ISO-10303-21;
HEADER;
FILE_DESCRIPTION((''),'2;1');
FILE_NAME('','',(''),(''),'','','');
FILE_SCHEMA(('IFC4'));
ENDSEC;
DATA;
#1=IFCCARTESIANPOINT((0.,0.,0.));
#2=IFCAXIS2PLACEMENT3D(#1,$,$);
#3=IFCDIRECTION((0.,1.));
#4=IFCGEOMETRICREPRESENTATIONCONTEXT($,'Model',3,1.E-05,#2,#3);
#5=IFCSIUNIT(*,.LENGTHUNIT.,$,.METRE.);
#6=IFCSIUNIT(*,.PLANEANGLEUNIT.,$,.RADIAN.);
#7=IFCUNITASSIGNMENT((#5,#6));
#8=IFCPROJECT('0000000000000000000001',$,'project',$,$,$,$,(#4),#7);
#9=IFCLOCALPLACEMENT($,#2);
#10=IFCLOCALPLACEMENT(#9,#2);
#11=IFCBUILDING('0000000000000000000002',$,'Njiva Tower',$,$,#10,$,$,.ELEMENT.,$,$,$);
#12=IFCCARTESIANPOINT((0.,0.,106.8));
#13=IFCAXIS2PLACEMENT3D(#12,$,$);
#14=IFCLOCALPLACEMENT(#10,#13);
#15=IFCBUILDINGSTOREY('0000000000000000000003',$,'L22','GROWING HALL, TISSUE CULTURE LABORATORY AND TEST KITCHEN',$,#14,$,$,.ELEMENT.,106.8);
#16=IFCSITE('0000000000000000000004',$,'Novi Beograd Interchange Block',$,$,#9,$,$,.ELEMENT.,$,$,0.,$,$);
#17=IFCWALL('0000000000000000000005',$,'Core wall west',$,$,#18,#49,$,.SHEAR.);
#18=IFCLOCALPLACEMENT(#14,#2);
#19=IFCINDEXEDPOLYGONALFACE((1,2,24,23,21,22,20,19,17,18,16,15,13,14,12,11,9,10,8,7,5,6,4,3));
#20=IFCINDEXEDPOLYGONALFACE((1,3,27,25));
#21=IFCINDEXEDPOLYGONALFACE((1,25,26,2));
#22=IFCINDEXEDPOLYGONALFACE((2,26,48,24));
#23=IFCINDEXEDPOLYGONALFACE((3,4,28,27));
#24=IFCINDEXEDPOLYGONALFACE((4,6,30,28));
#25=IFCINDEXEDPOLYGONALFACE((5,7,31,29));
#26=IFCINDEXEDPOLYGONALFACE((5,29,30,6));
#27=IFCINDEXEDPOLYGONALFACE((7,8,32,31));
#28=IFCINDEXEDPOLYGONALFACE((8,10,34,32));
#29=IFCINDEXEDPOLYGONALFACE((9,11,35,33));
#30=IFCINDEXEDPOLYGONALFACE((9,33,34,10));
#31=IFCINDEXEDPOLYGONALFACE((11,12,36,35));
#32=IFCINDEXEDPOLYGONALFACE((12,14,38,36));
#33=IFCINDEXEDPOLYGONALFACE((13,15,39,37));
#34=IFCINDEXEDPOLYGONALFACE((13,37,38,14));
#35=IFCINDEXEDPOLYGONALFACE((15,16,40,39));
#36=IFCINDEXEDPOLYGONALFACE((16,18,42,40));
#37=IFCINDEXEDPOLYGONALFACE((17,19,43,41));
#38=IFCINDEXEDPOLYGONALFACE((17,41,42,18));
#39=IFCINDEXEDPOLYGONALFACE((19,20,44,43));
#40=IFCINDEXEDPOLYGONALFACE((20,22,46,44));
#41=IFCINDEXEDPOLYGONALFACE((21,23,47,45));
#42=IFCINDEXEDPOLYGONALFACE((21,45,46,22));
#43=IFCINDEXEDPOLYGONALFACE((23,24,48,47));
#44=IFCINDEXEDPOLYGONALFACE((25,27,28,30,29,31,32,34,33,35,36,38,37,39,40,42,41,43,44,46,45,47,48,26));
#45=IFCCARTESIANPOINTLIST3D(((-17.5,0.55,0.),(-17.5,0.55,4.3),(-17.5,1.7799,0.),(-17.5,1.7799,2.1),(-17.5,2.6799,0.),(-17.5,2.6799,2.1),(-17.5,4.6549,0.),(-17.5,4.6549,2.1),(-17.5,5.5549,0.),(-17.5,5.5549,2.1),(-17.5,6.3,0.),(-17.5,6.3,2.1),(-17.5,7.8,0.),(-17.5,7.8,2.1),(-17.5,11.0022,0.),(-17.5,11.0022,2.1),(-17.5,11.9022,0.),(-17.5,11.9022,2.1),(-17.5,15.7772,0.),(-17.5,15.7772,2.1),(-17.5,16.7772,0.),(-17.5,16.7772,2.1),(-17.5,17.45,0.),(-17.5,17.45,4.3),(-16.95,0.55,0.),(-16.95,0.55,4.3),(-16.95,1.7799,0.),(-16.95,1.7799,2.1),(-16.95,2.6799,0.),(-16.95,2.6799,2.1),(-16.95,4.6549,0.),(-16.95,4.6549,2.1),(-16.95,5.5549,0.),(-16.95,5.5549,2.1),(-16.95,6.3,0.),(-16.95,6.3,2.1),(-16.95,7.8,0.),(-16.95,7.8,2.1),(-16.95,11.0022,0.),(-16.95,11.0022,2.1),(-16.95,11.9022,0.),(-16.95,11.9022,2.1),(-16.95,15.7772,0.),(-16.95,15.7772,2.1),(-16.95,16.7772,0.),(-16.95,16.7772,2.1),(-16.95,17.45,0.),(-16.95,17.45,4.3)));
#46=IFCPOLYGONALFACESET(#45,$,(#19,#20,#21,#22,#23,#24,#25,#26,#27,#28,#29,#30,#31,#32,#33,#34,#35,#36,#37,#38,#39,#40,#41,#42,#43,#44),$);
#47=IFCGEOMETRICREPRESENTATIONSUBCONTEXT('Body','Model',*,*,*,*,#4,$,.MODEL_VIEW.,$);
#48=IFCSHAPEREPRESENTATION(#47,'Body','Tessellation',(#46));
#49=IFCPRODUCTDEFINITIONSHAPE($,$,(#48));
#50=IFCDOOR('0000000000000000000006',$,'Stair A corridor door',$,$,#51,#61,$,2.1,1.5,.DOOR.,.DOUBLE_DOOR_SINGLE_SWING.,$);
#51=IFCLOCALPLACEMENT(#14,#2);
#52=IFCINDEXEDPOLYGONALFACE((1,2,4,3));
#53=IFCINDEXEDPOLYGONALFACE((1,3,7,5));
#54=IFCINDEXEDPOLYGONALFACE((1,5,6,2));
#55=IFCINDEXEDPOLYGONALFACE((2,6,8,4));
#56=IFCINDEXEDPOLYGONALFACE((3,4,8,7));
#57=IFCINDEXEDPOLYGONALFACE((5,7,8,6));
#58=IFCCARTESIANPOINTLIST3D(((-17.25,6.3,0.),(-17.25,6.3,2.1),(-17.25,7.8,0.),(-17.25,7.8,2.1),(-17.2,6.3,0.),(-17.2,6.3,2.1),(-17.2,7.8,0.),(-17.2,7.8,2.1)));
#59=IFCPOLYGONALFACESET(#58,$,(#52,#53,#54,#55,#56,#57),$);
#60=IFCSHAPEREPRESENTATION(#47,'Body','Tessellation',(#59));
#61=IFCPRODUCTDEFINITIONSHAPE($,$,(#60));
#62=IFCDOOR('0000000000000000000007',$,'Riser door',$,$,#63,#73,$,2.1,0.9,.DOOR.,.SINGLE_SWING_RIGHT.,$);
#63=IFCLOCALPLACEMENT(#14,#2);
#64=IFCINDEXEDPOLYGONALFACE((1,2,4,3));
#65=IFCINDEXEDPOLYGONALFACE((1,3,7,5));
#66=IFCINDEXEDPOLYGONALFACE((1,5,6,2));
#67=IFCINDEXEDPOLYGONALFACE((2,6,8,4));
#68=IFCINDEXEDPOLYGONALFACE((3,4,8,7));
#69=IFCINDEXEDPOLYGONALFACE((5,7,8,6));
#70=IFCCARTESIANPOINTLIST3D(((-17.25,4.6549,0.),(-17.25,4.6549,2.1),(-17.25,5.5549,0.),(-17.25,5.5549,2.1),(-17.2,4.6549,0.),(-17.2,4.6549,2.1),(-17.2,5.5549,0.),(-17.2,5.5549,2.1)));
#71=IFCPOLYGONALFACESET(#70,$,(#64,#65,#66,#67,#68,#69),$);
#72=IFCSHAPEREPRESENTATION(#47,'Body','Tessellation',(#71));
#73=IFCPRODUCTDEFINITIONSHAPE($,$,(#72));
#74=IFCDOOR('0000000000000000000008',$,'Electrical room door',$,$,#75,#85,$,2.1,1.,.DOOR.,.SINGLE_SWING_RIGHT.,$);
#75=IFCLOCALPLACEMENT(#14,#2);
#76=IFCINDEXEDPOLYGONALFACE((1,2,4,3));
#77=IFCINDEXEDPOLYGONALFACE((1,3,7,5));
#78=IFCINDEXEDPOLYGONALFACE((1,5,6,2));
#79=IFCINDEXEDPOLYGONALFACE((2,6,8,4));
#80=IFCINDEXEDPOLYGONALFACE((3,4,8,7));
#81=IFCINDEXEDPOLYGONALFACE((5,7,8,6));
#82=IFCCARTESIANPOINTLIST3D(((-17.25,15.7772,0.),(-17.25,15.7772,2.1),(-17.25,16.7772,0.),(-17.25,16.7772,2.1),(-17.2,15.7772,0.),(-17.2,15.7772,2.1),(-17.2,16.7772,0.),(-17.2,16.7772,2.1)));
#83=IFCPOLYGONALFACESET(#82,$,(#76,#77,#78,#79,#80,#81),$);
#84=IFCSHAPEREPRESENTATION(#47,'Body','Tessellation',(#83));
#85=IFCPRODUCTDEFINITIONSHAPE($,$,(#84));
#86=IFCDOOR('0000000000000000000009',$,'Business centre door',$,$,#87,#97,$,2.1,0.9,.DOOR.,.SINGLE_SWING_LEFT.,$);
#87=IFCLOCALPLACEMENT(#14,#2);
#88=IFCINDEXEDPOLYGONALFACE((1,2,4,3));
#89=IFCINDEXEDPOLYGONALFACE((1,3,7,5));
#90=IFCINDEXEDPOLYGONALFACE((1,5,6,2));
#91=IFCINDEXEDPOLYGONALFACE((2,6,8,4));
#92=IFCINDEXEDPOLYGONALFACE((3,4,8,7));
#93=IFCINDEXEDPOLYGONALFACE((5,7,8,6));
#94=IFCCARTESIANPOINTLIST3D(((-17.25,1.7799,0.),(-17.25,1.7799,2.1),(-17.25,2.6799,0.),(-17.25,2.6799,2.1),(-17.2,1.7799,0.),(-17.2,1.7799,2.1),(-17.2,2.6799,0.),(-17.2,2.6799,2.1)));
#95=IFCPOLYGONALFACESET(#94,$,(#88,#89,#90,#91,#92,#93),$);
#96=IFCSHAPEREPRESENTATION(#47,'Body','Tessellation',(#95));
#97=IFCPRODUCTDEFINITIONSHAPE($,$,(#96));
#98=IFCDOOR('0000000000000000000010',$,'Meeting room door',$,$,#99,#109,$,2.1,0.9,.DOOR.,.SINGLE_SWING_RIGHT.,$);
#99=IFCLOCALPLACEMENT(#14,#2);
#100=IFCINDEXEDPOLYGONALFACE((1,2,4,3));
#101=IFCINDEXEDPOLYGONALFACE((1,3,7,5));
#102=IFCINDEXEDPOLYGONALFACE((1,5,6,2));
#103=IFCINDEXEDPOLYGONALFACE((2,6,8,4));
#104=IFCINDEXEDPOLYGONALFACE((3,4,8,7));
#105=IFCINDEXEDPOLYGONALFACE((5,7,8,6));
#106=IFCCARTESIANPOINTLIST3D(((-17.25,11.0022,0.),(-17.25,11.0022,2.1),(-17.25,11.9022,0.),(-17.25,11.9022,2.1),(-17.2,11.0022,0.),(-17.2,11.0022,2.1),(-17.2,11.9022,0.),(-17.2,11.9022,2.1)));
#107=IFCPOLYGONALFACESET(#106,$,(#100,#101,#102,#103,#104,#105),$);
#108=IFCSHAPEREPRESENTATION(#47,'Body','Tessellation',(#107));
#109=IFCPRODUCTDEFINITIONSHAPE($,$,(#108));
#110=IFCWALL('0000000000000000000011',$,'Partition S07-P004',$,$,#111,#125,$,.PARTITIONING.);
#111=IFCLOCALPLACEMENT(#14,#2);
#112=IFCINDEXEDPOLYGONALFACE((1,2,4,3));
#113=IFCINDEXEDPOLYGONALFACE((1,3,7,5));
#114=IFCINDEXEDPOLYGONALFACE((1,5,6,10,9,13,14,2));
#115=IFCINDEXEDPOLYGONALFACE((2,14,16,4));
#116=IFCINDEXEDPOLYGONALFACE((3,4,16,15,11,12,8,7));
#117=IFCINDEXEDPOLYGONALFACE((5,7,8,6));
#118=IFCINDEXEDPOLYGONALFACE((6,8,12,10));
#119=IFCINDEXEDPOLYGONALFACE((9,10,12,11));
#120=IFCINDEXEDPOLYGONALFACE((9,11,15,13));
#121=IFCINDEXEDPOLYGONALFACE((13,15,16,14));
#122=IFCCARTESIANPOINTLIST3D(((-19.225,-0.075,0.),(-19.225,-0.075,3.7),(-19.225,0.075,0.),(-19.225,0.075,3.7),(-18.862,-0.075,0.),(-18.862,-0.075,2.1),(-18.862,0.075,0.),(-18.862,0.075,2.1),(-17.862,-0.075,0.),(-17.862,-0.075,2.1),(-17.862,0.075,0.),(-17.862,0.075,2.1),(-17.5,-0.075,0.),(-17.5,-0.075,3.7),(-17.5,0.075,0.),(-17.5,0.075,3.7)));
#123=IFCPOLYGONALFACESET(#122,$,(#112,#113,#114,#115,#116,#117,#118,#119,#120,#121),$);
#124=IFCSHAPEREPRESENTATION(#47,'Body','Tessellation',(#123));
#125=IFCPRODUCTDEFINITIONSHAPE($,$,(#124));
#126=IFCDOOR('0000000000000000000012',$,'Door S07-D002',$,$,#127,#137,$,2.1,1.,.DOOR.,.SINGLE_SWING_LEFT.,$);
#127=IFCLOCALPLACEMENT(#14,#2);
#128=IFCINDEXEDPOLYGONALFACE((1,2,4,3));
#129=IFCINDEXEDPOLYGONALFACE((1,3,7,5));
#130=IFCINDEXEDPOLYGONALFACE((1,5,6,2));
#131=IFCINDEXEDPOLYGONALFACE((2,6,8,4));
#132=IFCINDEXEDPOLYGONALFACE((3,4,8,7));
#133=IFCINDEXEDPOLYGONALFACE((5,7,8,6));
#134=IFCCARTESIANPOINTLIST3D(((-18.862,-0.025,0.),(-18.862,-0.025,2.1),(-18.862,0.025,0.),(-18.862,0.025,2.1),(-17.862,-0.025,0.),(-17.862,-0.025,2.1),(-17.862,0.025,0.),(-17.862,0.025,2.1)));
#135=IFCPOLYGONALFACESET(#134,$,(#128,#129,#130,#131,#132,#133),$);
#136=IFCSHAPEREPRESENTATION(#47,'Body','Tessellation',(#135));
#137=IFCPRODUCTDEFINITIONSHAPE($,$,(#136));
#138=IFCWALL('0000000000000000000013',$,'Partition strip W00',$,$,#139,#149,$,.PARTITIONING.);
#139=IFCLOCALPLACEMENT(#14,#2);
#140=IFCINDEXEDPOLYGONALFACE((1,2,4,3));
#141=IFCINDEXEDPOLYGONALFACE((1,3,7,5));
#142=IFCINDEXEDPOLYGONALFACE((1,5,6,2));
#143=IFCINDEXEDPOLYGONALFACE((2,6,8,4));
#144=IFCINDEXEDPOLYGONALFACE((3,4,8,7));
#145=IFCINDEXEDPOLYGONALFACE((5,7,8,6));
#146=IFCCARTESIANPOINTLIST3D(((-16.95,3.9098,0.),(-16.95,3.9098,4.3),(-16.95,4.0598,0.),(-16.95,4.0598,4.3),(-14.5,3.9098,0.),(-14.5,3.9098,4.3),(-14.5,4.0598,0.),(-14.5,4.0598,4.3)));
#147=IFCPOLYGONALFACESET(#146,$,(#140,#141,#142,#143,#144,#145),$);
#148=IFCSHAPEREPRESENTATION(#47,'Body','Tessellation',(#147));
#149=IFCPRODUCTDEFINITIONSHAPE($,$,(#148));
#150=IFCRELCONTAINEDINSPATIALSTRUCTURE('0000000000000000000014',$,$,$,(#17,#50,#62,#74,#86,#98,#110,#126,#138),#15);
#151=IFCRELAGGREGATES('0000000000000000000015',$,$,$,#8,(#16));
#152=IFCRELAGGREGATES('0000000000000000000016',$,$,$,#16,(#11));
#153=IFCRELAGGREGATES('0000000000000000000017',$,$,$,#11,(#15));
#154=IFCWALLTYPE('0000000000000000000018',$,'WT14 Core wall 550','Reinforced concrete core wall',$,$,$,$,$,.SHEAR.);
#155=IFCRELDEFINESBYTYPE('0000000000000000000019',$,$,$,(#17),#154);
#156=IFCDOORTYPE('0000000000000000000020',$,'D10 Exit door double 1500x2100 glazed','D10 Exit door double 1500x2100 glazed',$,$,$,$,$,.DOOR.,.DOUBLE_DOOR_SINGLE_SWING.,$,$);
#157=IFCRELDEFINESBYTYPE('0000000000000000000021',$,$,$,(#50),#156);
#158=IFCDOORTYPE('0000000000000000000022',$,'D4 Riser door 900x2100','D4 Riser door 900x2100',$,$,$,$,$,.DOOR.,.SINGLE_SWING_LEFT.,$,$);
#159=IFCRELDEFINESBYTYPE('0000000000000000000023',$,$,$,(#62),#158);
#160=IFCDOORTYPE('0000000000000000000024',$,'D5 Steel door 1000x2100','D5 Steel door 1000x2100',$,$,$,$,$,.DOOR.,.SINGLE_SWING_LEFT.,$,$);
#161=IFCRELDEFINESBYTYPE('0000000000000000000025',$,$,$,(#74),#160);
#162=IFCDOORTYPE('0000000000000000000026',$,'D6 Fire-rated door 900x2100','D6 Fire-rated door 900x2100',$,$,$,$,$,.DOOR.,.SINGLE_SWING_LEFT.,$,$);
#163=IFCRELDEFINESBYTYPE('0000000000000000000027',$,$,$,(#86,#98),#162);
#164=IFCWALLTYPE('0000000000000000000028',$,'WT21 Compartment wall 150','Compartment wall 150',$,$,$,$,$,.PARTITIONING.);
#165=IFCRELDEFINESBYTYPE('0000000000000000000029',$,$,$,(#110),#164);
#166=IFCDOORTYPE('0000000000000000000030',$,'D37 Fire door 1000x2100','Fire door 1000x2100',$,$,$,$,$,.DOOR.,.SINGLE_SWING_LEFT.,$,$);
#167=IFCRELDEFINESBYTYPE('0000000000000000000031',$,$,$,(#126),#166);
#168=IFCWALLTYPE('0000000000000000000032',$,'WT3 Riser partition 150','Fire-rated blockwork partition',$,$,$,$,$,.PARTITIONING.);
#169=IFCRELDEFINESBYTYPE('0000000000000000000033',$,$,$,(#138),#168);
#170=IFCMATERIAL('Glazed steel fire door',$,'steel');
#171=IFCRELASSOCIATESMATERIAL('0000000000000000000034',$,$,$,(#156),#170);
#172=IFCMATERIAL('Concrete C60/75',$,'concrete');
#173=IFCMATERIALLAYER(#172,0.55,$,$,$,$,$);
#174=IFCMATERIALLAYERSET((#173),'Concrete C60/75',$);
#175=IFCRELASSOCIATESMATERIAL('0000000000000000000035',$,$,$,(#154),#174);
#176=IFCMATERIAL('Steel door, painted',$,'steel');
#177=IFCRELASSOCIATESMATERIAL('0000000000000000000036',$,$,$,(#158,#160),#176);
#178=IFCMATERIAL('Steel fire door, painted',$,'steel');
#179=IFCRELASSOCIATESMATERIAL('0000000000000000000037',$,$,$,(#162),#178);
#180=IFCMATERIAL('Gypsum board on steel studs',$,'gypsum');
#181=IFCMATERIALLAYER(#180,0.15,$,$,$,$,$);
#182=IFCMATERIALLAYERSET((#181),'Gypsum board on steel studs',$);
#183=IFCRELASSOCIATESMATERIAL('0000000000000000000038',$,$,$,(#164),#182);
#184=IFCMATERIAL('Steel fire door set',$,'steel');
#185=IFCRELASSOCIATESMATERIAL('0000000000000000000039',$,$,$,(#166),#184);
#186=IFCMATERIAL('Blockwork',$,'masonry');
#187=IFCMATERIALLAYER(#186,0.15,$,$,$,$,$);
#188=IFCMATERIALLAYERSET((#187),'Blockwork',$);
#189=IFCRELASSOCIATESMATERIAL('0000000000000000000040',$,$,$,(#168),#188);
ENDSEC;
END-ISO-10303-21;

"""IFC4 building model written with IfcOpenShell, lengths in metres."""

from ifc_helpers import new_model, si_unit, direction, frame, frame_2d, origin, place, context, subcontext, project, spatial, rectangle, extrude, material, layer, layer_set, type_object, element, fill, save


model = new_model("IFC4")

# Units and contexts
model_context = context("Model", 3, precision=1e-05, world=origin(), true_north=direction((0.0, 1.0)))
body_context = subcontext(model_context, "Body", "Model", "MODEL_VIEW")
ifc_project = project(units=[si_unit("LENGTHUNIT", "METRE"), si_unit("PLANEANGLEUNIT", "RADIAN")], contexts=[model_context])

# Site, building, storey
site_placement = place(None, origin())
site = spatial("IfcSite", under=ifc_project, at=site_placement, Name="Novi Beograd Interchange Block", CompositionType="ELEMENT", RefElevation=0.0)
building_placement = place(site_placement, origin())
building = spatial("IfcBuilding", under=site, at=building_placement, Name="Njiva Tower", CompositionType="ELEMENT")
storey_placement = place(building_placement, frame((0.0, 0.0, 106.8)))
storey = spatial("IfcBuildingStorey", under=building, at=storey_placement, Name="L22", Description="GROWING HALL, TISSUE CULTURE LABORATORY AND TEST KITCHEN", CompositionType="ELEMENT", Elevation=106.8)

# Shared definitions
ifc_material_1 = material(Name="Glazed steel fire door", Category="steel")
door_type_1 = type_object("IfcDoorType", Name="D10 Exit door double 1500x2100 glazed", Description="D10 Exit door double 1500x2100 glazed", OperationType="DOUBLE_DOOR_SINGLE_SWING", PredefinedType="DOOR", material=ifc_material_1)

# Wall, openings, doors
ifc_material_2 = material(Name="Concrete C60/75", Category="concrete")
ifc_layer_1 = layer(ifc_material_2, 0.55)
ifc_layer_set_1 = layer_set([ifc_layer_1], Name="Concrete C60/75")
wall_type_1 = type_object("IfcWallType", Name="WT14 Core wall 550", Description="Reinforced concrete core wall", PredefinedType="SHEAR", material=ifc_layer_set_1)
wall_1_placement = place(storey_placement, frame((-17.225, 0.55, 0.0), z_axis=(0.0, 0.0, 1.0), x_axis=(0.0, 1.0, 0.0)))
wall_1 = element("IfcWall", 1, at=wall_1_placement, inside=storey, type_object=wall_type_1, Name="Core wall west", PredefinedType="SHEAR", context=body_context, shape_type="SweptSolid", body=[
    extrude(rectangle(XDim=16.9, YDim=0.55, at=frame_2d((8.45, 0.0))), origin(), (0.0, 0.0, 1.0), 4.3),
])
opening_1_placement = place(wall_1_placement, frame((5.75, 0.0, 0.0)))
opening_1 = element("IfcOpeningElement", 2, at=opening_1_placement, cuts=wall_1, PredefinedType="OPENING", context=body_context, shape_type="SweptSolid", body=[
    extrude(rectangle(XDim=1.5, YDim=2.1, at=frame_2d((0.75, 1.05))), frame((0.0, 0.285, 0.0), z_axis=(0.0, -1.0, 0.0), x_axis=(1.0, 0.0, 0.0)), (0.0, 0.0, 1.0), 0.57),
])
opening_2_placement = place(wall_1_placement, frame((1.2299, 0.0, 0.0)))
opening_2 = element("IfcOpeningElement", 3, at=opening_2_placement, cuts=wall_1, PredefinedType="OPENING", context=body_context, shape_type="SweptSolid", body=[
    extrude(rectangle(XDim=0.9, YDim=2.1, at=frame_2d((0.45, 1.05))), frame((0.0, 0.285, 0.0), z_axis=(0.0, -1.0, 0.0), x_axis=(1.0, 0.0, 0.0)), (0.0, 0.0, 1.0), 0.57),
])
opening_3_placement = place(wall_1_placement, frame((4.1049, 0.0, 0.0)))
opening_3 = element("IfcOpeningElement", 4, at=opening_3_placement, cuts=wall_1, PredefinedType="OPENING", context=body_context, shape_type="SweptSolid", body=[
    extrude(rectangle(XDim=0.9, YDim=2.1, at=frame_2d((0.45, 1.05))), frame((0.0, 0.285, 0.0), z_axis=(0.0, -1.0, 0.0), x_axis=(1.0, 0.0, 0.0)), (0.0, 0.0, 1.0), 0.57),
])
opening_4_placement = place(wall_1_placement, frame((10.4522, 0.0, 0.0)))
opening_4 = element("IfcOpeningElement", 5, at=opening_4_placement, cuts=wall_1, PredefinedType="OPENING", context=body_context, shape_type="SweptSolid", body=[
    extrude(rectangle(XDim=0.9, YDim=2.1, at=frame_2d((0.45, 1.05))), frame((0.0, 0.285, 0.0), z_axis=(0.0, -1.0, 0.0), x_axis=(1.0, 0.0, 0.0)), (0.0, 0.0, 1.0), 0.57),
])
opening_5_placement = place(wall_1_placement, frame((15.2272, 0.0, 0.0)))
opening_5 = element("IfcOpeningElement", 6, at=opening_5_placement, cuts=wall_1, PredefinedType="OPENING", context=body_context, shape_type="SweptSolid", body=[
    extrude(rectangle(XDim=1.0, YDim=2.1, at=frame_2d((0.5, 1.05))), frame((0.0, 0.285, 0.0), z_axis=(0.0, -1.0, 0.0), x_axis=(1.0, 0.0, 0.0)), (0.0, 0.0, 1.0), 0.57),
])
door_1_placement = place(opening_1_placement, origin())
door_1 = element("IfcDoor", 7, at=door_1_placement, inside=storey, type_object=door_type_1, Name="Stair A corridor door", OperationType="DOUBLE_DOOR_SINGLE_SWING", OverallHeight=2.1, OverallWidth=1.5, PredefinedType="DOOR", context=body_context, shape_type="SweptSolid", body=[
    extrude(rectangle(XDim=1.5, YDim=2.1, at=frame_2d((0.75, 1.05))), frame((0.0, 0.025, 0.0), z_axis=(0.0, -1.0, 0.0), x_axis=(1.0, 0.0, 0.0)), (0.0, 0.0, 1.0), 0.05),
])
fill(opening_1, door_1)
ifc_material_3 = material(Name="Steel door, painted", Category="steel")
door_type_2 = type_object("IfcDoorType", Name="D4 Riser door 900x2100", Description="D4 Riser door 900x2100", OperationType="SINGLE_SWING_LEFT", PredefinedType="DOOR", material=ifc_material_3)
door_2_placement = place(opening_3_placement, origin())
door_2 = element("IfcDoor", 8, at=door_2_placement, inside=storey, type_object=door_type_2, Name="Riser door", OperationType="SINGLE_SWING_RIGHT", OverallHeight=2.1, OverallWidth=0.9, PredefinedType="DOOR", context=body_context, shape_type="SweptSolid", body=[
    extrude(rectangle(XDim=0.9, YDim=2.1, at=frame_2d((0.45, 1.05))), frame((0.0, 0.025, 0.0), z_axis=(0.0, -1.0, 0.0), x_axis=(1.0, 0.0, 0.0)), (0.0, 0.0, 1.0), 0.05),
])
fill(opening_3, door_2)
door_type_3 = type_object("IfcDoorType", Name="D5 Steel door 1000x2100", Description="D5 Steel door 1000x2100", OperationType="SINGLE_SWING_LEFT", PredefinedType="DOOR", material=ifc_material_3)
door_3_placement = place(opening_5_placement, origin())
door_3 = element("IfcDoor", 9, at=door_3_placement, inside=storey, type_object=door_type_3, Name="Electrical room door", OperationType="SINGLE_SWING_RIGHT", OverallHeight=2.1, OverallWidth=1.0, PredefinedType="DOOR", context=body_context, shape_type="SweptSolid", body=[
    extrude(rectangle(XDim=1.0, YDim=2.1, at=frame_2d((0.5, 1.05))), frame((0.0, 0.025, 0.0), z_axis=(0.0, -1.0, 0.0), x_axis=(1.0, 0.0, 0.0)), (0.0, 0.0, 1.0), 0.05),
])
fill(opening_5, door_3)
ifc_material_4 = material(Name="Steel fire door, painted", Category="steel")
door_type_4 = type_object("IfcDoorType", Name="D6 Fire-rated door 900x2100", Description="D6 Fire-rated door 900x2100", OperationType="SINGLE_SWING_LEFT", PredefinedType="DOOR", material=ifc_material_4)
door_4_placement = place(opening_2_placement, origin())
door_4 = element("IfcDoor", 10, at=door_4_placement, inside=storey, type_object=door_type_4, Name="Business centre door", OperationType="SINGLE_SWING_LEFT", OverallHeight=2.1, OverallWidth=0.9, PredefinedType="DOOR", context=body_context, shape_type="SweptSolid", body=[
    extrude(rectangle(XDim=0.9, YDim=2.1, at=frame_2d((0.45, 1.05))), frame((0.0, 0.025, 0.0), z_axis=(0.0, -1.0, 0.0), x_axis=(1.0, 0.0, 0.0)), (0.0, 0.0, 1.0), 0.05),
])
fill(opening_2, door_4)
door_5_placement = place(opening_4_placement, origin())
door_5 = element("IfcDoor", 11, at=door_5_placement, inside=storey, type_object=door_type_4, Name="Meeting room door", OperationType="SINGLE_SWING_RIGHT", OverallHeight=2.1, OverallWidth=0.9, PredefinedType="DOOR", context=body_context, shape_type="SweptSolid", body=[
    extrude(rectangle(XDim=0.9, YDim=2.1, at=frame_2d((0.45, 1.05))), frame((0.0, 0.025, 0.0), z_axis=(0.0, -1.0, 0.0), x_axis=(1.0, 0.0, 0.0)), (0.0, 0.0, 1.0), 0.05),
])
fill(opening_4, door_5)

# Wall, opening, door
ifc_material_5 = material(Name="Gypsum board on steel studs", Category="gypsum")
ifc_layer_2 = layer(ifc_material_5, 0.15)
ifc_layer_set_2 = layer_set([ifc_layer_2], Name="Gypsum board on steel studs")
wall_type_2 = type_object("IfcWallType", Name="WT21 Compartment wall 150", Description="Compartment wall 150", PredefinedType="PARTITIONING", material=ifc_layer_set_2)
wall_2_placement = place(storey_placement, frame((-19.225, 0.0, 0.0), z_axis=(0.0, 0.0, 1.0), x_axis=(1.0, 0.0, 0.0)))
wall_2 = element("IfcWall", 12, at=wall_2_placement, inside=storey, type_object=wall_type_2, Name="Partition S07-P004", PredefinedType="PARTITIONING", context=body_context, shape_type="SweptSolid", body=[
    extrude(rectangle(XDim=1.725, YDim=0.15, at=frame_2d((0.8625, 0.0))), origin(), (0.0, 0.0, 1.0), 3.7),
])
opening_6_placement = place(wall_2_placement, frame((0.363, 0.0, 0.0)))
opening_6 = element("IfcOpeningElement", 13, at=opening_6_placement, cuts=wall_2, PredefinedType="OPENING", context=body_context, shape_type="SweptSolid", body=[
    extrude(rectangle(XDim=1.0, YDim=2.1, at=frame_2d((0.5, 1.05))), frame((0.0, 0.085, 0.0), z_axis=(0.0, -1.0, 0.0), x_axis=(1.0, 0.0, 0.0)), (0.0, 0.0, 1.0), 0.17),
])
ifc_material_6 = material(Name="Steel fire door set", Category="steel")
door_type_5 = type_object("IfcDoorType", Name="D37 Fire door 1000x2100", Description="Fire door 1000x2100", OperationType="SINGLE_SWING_LEFT", PredefinedType="DOOR", material=ifc_material_6)
door_6_placement = place(opening_6_placement, origin())
door_6 = element("IfcDoor", 14, at=door_6_placement, inside=storey, type_object=door_type_5, Name="Door S07-D002", OperationType="SINGLE_SWING_LEFT", OverallHeight=2.1, OverallWidth=1.0, PredefinedType="DOOR", context=body_context, shape_type="SweptSolid", body=[
    extrude(rectangle(XDim=1.0, YDim=2.1, at=frame_2d((0.5, 1.05))), frame((0.0, 0.025, 0.0), z_axis=(0.0, -1.0, 0.0), x_axis=(1.0, 0.0, 0.0)), (0.0, 0.0, 1.0), 0.05),
])
fill(opening_6, door_6)

# Wall
ifc_material_7 = material(Name="Blockwork", Category="masonry")
ifc_layer_3 = layer(ifc_material_7, 0.15)
ifc_layer_set_3 = layer_set([ifc_layer_3], Name="Blockwork")
wall_type_3 = type_object("IfcWallType", Name="WT3 Riser partition 150", Description="Fire-rated blockwork partition", PredefinedType="PARTITIONING", material=ifc_layer_set_3)
wall_3_placement = place(storey_placement, frame((-16.95, 3.9848, 0.0), z_axis=(0.0, 0.0, 1.0), x_axis=(1.0, 0.0, 0.0)))
element("IfcWall", 15, at=wall_3_placement, inside=storey, type_object=wall_type_3, Name="Partition strip W00", PredefinedType="PARTITIONING", context=body_context, shape_type="SweptSolid", body=[
    extrude(rectangle(XDim=2.45, YDim=0.15, at=frame_2d((1.225, 0.0))), origin(), (0.0, 0.0, 1.0), 4.3),
])

save(model, "model.ifc")
